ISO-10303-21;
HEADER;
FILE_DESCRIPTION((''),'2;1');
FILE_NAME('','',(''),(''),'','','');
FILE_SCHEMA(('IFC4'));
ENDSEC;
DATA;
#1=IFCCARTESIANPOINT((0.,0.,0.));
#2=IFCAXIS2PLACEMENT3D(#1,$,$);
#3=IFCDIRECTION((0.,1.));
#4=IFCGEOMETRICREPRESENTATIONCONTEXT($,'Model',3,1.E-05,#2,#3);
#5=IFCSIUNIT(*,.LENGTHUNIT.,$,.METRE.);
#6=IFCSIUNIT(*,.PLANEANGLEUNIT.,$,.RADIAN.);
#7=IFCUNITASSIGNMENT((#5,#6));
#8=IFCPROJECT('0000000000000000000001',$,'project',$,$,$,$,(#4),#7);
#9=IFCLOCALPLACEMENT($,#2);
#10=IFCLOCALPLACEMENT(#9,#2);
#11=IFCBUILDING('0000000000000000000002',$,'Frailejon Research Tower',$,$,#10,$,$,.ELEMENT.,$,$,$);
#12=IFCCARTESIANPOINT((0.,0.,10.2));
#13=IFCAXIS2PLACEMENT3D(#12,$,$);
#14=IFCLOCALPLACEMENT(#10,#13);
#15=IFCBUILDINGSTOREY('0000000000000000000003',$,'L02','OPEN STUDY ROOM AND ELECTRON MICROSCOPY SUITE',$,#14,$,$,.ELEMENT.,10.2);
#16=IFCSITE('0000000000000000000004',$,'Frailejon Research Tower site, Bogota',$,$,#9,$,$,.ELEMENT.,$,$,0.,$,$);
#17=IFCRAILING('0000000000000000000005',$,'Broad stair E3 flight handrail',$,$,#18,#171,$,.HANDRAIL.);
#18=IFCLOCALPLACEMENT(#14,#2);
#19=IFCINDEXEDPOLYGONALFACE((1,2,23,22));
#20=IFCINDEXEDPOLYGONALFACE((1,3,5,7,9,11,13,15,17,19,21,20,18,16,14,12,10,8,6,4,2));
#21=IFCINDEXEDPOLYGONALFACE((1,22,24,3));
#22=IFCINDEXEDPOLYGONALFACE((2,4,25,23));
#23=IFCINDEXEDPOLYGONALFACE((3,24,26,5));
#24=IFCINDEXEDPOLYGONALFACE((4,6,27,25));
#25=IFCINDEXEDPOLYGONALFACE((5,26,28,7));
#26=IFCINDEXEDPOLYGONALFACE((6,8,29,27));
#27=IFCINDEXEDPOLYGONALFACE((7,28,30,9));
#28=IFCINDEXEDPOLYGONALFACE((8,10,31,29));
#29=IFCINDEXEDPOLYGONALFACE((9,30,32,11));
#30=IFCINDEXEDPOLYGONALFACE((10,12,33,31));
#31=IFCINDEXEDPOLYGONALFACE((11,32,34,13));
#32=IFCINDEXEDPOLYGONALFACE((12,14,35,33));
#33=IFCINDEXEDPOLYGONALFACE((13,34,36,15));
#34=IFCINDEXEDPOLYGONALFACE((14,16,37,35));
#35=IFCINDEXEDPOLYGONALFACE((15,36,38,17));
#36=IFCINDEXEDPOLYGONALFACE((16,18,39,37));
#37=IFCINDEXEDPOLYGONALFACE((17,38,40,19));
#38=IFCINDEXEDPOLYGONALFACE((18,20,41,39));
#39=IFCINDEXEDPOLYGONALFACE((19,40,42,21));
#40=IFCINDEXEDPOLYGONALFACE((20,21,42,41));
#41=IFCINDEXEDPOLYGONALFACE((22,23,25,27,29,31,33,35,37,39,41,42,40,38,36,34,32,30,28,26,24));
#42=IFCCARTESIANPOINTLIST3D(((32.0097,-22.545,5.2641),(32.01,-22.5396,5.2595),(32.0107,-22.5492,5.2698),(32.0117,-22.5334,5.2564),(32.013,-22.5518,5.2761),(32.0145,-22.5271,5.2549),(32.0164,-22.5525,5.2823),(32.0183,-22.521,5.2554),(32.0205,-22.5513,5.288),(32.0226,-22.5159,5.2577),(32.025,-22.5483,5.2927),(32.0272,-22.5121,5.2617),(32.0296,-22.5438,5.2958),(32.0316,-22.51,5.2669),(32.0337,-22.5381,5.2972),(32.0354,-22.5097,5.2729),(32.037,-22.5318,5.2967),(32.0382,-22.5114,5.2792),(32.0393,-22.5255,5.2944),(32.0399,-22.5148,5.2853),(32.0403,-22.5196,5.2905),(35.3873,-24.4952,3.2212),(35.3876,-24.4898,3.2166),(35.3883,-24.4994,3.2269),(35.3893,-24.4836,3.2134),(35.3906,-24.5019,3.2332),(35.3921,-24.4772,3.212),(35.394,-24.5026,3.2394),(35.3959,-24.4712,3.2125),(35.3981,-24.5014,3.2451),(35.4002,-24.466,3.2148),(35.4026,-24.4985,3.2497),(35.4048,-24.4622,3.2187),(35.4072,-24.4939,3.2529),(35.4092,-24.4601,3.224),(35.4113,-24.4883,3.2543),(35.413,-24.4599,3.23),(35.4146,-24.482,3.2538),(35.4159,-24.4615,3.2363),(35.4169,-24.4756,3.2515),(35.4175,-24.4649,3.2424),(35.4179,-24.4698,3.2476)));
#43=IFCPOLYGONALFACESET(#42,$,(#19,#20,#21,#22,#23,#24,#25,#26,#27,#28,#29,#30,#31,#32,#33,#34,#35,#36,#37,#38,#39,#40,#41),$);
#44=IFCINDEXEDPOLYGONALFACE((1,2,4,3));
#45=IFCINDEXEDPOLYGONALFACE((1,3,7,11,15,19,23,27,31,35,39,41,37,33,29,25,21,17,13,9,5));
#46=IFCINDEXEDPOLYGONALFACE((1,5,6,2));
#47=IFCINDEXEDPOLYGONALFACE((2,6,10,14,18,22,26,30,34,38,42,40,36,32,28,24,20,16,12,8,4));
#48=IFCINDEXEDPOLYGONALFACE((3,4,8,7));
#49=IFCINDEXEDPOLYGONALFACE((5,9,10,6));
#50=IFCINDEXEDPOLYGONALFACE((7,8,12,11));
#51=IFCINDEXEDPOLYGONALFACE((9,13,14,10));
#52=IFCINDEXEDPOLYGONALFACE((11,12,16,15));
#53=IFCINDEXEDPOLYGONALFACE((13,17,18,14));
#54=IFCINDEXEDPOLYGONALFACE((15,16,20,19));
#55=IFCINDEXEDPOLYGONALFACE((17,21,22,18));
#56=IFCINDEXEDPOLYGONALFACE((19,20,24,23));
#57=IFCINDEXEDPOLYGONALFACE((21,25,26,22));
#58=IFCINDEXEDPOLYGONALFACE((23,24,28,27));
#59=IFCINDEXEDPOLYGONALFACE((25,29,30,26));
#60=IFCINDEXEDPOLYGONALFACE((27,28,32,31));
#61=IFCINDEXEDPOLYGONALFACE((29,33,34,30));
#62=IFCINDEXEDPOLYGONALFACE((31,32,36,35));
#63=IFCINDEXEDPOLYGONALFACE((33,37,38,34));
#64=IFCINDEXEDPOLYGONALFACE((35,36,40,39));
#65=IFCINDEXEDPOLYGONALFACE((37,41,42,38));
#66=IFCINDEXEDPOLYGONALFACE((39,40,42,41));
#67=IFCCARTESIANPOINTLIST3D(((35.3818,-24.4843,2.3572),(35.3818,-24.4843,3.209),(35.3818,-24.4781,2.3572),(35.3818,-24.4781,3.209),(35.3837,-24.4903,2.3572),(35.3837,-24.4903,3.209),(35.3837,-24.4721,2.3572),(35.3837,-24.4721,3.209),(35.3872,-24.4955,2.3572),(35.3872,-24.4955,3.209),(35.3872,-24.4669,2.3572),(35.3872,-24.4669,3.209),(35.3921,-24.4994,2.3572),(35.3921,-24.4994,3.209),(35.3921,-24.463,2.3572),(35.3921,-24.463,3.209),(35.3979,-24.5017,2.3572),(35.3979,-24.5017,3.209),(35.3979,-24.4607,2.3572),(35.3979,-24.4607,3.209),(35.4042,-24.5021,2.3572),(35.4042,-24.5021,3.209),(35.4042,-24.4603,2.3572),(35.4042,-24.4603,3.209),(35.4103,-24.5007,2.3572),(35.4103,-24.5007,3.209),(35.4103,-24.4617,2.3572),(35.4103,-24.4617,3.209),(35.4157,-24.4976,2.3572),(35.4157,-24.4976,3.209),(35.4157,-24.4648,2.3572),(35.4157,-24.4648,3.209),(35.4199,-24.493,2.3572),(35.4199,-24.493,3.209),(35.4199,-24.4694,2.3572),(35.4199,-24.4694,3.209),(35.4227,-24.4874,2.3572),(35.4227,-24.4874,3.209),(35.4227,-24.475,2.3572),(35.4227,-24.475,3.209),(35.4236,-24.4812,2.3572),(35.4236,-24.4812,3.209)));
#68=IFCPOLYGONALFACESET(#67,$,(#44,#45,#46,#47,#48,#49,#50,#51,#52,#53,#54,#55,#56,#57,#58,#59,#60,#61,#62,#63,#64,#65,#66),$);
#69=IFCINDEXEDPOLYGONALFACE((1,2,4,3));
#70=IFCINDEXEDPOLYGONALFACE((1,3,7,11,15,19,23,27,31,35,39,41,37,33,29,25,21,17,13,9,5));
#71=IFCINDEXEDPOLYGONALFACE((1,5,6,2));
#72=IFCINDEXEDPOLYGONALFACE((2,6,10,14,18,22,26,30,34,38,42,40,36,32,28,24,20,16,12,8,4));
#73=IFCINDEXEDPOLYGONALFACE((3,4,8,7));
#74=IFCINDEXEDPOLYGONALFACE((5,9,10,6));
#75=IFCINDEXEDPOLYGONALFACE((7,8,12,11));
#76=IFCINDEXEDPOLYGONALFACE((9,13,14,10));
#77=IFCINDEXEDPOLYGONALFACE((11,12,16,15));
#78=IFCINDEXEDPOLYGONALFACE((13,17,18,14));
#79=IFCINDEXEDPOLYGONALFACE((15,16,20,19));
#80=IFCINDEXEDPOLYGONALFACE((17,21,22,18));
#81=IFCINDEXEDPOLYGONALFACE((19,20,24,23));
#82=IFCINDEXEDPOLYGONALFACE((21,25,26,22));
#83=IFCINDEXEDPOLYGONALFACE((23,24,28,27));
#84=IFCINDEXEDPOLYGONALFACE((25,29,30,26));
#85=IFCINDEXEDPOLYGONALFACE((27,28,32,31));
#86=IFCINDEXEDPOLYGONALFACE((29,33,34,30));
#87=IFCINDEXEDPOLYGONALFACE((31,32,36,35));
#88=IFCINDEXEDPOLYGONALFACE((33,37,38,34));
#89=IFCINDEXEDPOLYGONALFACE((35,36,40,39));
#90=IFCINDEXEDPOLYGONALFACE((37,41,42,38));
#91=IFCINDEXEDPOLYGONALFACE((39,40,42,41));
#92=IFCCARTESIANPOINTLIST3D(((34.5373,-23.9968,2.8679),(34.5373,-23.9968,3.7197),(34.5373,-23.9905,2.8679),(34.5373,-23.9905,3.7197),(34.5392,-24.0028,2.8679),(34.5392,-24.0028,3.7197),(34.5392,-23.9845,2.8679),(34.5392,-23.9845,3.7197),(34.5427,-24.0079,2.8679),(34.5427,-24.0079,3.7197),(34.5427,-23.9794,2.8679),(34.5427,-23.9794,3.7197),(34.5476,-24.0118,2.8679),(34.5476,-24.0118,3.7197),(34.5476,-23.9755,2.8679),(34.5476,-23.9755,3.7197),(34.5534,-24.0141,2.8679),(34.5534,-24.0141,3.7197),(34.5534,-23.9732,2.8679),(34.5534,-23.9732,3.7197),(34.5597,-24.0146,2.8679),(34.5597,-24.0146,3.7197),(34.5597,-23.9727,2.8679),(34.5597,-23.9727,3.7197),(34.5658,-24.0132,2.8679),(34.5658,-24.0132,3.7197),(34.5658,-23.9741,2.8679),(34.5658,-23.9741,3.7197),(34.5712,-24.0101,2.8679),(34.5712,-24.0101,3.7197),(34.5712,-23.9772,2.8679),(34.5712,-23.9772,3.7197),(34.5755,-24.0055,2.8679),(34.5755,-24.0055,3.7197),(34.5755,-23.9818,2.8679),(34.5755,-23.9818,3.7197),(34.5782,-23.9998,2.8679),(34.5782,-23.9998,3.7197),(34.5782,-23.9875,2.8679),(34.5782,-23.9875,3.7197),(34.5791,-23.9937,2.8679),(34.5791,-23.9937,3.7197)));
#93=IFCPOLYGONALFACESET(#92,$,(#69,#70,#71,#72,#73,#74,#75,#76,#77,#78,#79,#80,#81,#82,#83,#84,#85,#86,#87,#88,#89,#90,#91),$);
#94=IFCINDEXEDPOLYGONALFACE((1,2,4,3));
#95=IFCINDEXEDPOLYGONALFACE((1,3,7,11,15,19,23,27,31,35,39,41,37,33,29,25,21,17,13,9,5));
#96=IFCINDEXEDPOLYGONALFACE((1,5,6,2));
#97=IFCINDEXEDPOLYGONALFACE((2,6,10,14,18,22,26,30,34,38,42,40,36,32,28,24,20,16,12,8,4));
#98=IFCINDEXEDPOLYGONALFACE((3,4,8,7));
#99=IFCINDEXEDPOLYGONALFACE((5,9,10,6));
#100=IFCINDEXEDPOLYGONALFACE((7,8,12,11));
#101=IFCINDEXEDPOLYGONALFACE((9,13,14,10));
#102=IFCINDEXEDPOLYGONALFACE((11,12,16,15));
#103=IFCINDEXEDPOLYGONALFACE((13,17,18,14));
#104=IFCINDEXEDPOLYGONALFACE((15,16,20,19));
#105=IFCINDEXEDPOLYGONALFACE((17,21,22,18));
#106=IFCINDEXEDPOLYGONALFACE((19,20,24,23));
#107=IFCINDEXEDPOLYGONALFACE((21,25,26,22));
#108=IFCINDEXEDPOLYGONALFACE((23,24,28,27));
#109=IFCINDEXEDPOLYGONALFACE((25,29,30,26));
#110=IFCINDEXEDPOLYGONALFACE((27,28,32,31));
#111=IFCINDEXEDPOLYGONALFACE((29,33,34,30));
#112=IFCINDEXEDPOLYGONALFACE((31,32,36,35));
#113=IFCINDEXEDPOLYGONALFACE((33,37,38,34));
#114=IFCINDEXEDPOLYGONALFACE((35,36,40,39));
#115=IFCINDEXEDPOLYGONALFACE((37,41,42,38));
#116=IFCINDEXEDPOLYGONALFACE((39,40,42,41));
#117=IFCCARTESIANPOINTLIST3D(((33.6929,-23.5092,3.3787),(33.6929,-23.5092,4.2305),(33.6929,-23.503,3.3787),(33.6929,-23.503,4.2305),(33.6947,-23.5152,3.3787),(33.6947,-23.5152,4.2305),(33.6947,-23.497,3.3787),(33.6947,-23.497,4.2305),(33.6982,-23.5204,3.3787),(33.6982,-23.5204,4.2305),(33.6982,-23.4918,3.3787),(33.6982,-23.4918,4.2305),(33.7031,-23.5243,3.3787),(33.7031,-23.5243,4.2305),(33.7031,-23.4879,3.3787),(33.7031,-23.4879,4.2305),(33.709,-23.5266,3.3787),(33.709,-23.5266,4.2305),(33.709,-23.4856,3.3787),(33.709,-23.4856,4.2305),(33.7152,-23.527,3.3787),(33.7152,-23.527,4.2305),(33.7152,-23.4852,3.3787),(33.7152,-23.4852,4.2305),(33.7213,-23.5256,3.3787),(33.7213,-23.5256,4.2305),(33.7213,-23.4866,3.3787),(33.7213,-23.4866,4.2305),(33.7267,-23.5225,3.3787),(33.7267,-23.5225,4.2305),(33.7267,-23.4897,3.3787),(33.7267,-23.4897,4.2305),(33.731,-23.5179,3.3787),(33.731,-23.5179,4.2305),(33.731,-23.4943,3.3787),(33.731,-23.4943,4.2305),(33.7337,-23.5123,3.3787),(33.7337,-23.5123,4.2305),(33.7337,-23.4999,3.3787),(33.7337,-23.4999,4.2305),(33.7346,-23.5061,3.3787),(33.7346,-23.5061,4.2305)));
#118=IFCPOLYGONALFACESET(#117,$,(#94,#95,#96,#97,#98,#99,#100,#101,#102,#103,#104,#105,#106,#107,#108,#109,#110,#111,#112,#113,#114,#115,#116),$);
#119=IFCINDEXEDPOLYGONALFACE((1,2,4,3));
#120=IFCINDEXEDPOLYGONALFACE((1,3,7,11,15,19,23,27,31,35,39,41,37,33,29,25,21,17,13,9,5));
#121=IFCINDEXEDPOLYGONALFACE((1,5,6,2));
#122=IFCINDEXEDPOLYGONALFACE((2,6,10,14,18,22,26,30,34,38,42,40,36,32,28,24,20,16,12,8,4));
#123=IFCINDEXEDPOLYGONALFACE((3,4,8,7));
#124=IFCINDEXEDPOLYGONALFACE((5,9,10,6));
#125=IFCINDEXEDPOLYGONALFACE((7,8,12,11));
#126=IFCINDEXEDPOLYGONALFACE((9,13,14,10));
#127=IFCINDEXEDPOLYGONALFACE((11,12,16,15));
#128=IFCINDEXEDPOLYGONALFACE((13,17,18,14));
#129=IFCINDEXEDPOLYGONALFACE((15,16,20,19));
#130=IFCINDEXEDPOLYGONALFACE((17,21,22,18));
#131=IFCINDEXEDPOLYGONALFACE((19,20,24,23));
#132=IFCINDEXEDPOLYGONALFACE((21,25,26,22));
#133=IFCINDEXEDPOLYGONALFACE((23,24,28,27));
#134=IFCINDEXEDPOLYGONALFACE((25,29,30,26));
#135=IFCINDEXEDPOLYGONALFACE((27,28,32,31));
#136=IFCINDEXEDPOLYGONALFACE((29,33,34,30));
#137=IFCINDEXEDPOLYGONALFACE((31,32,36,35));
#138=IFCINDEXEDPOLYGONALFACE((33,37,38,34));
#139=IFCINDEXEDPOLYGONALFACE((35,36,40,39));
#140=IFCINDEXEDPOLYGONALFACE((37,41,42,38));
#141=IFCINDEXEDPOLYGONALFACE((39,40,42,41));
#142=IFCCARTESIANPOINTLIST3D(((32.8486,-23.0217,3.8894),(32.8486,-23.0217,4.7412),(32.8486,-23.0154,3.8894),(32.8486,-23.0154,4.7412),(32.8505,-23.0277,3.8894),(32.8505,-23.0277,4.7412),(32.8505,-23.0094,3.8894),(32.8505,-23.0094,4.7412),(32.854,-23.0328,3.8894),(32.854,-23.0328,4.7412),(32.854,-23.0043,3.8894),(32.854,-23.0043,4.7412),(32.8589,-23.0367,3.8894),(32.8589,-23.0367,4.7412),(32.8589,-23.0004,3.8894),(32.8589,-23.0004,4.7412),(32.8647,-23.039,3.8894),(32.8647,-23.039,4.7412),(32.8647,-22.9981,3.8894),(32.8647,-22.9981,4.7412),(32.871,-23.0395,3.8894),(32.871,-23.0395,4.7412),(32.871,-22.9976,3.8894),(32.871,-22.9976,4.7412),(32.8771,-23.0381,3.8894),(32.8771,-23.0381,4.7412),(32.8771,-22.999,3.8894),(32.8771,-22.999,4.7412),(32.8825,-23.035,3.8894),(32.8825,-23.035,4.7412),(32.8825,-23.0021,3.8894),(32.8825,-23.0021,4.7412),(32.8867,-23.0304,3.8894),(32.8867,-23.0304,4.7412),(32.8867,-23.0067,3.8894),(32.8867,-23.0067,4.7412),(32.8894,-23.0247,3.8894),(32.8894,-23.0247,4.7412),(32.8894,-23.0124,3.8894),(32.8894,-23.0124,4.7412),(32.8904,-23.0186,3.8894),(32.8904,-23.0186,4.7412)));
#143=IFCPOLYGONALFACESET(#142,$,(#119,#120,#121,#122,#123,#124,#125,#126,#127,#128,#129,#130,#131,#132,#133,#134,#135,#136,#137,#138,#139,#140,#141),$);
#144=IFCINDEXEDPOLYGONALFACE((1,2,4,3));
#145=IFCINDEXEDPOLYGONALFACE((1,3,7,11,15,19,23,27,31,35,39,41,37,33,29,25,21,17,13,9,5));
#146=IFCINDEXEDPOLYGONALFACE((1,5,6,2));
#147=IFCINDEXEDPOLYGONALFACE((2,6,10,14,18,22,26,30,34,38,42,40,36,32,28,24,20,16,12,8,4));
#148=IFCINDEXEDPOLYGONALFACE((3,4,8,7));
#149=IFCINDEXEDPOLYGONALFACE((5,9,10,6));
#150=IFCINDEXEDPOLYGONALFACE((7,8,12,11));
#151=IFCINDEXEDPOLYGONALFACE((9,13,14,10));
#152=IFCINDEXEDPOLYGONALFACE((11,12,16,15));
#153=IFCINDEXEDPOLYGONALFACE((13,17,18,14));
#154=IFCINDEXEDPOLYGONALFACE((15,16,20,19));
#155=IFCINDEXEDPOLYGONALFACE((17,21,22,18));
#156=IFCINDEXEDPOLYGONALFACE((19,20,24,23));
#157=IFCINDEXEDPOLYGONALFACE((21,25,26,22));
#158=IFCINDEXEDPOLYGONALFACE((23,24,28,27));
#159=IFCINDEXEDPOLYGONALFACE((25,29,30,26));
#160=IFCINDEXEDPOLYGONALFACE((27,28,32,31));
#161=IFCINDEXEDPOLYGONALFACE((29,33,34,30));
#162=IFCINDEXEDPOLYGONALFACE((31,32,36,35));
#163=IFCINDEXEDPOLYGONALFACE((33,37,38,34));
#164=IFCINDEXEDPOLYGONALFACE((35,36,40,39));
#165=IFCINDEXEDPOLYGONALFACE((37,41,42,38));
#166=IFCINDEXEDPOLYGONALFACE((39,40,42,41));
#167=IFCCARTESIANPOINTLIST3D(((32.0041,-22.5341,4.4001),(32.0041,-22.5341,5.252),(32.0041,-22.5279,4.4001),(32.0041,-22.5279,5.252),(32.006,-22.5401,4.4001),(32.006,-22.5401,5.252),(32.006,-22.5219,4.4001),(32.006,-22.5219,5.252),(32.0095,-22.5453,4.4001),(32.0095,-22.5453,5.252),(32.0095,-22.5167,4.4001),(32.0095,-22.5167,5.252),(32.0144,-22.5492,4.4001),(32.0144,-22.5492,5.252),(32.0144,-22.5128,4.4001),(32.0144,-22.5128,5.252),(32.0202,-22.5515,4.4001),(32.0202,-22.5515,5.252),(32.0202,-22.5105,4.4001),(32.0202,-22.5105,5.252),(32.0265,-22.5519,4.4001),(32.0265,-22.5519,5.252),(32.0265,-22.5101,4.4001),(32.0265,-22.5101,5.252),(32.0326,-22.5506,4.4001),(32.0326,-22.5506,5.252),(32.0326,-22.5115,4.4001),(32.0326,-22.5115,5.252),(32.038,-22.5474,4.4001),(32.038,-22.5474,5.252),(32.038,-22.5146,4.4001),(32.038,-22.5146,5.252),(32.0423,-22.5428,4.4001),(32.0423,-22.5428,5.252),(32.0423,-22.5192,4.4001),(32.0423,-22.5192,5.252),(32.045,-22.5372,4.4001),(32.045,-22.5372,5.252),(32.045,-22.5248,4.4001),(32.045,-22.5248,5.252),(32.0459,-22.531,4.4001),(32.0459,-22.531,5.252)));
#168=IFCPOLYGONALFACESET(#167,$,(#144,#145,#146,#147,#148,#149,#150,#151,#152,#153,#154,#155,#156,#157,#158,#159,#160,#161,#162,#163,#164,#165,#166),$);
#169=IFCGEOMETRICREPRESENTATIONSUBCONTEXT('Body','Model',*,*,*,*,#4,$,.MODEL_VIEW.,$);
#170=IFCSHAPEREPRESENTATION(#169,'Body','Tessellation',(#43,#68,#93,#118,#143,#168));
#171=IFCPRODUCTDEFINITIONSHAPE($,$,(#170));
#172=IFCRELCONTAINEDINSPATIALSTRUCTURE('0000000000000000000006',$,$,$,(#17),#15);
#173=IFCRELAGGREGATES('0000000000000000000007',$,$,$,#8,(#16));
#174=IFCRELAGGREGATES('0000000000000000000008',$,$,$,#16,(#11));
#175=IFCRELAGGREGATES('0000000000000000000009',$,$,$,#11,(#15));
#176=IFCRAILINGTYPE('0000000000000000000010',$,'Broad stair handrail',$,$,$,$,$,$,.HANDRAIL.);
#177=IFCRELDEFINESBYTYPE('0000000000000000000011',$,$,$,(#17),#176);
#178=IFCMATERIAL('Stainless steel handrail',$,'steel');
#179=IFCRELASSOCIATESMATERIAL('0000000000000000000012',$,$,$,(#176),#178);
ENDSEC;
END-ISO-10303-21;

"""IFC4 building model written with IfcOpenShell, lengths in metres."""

from ifc_helpers import new_model, si_unit, direction, frame, origin, origin_2d, place, context, subcontext, project, spatial, circle, extrude, material, type_object, element, save


model = new_model("IFC4")

# Units and contexts
model_context = context("Model", 3, precision=1e-05, world=origin(), true_north=direction((0.0, 1.0)))
body_context = subcontext(model_context, "Body", "Model", "MODEL_VIEW")
ifc_project = project(units=[si_unit("LENGTHUNIT", "METRE"), si_unit("PLANEANGLEUNIT", "RADIAN")], contexts=[model_context])

# Site, building, storey
site_placement = place(None, origin())
site = spatial("IfcSite", under=ifc_project, at=site_placement, Name="Frailejon Research Tower site, Bogota", CompositionType="ELEMENT", RefElevation=0.0)
building_placement = place(site_placement, origin())
building = spatial("IfcBuilding", under=site, at=building_placement, Name="Frailejon Research Tower", CompositionType="ELEMENT")
storey_placement = place(building_placement, frame((0.0, 0.0, 10.2)))
storey = spatial("IfcBuildingStorey", under=building, at=storey_placement, Name="L02", Description="OPEN STUDY ROOM AND ELECTRON MICROSCOPY SUITE", CompositionType="ELEMENT", Elevation=10.2)

# Railing
ifc_material_1 = material(Name="Stainless steel handrail", Category="steel")
railing_type_1 = type_object("IfcRailingType", Name="Broad stair handrail", PredefinedType="HANDRAIL", material=ifc_material_1)
for number, where, name in (
    (1, (35.4026, -24.4812, 2.3572), "Broad stair E3 flight handrail"),
):
    element("IfcRailing", number, at=place(storey_placement, frame(where)), inside=storey, type_object=railing_type_1, Name=name, PredefinedType="HANDRAIL", context=body_context, shape_type="SweptSolid", body=[
        extrude(circle(Radius=0.0239, at=origin_2d()), frame((0.0, 0.0, 0.876), z_axis=(-0.767146, 0.442932, 0.464003), x_axis=(-0.500017, -0.866016, 0.0)), (0.0, 0.0, 1.0), 4.4028),
        extrude(circle(Radius=0.021, at=origin_2d()), origin(), (0.0, 0.0, 1.0), 0.8518),
        extrude(circle(Radius=0.021, at=origin_2d()), frame((-0.8445, 0.4875, 0.5107)), (0.0, 0.0, 1.0), 0.8518),
        extrude(circle(Radius=0.021, at=origin_2d()), frame((-1.689, 0.9751, 1.0215)), (0.0, 0.0, 1.0), 0.8518),
        extrude(circle(Radius=0.021, at=origin_2d()), frame((-2.5332, 1.4626, 1.5322)), (0.0, 0.0, 1.0), 0.8518),
        extrude(circle(Radius=0.021, at=origin_2d()), frame((-3.3777, 1.9502, 2.043)), (0.0, 0.0, 1.0), 0.8518),
    ])

save(model, "model.ifc")
